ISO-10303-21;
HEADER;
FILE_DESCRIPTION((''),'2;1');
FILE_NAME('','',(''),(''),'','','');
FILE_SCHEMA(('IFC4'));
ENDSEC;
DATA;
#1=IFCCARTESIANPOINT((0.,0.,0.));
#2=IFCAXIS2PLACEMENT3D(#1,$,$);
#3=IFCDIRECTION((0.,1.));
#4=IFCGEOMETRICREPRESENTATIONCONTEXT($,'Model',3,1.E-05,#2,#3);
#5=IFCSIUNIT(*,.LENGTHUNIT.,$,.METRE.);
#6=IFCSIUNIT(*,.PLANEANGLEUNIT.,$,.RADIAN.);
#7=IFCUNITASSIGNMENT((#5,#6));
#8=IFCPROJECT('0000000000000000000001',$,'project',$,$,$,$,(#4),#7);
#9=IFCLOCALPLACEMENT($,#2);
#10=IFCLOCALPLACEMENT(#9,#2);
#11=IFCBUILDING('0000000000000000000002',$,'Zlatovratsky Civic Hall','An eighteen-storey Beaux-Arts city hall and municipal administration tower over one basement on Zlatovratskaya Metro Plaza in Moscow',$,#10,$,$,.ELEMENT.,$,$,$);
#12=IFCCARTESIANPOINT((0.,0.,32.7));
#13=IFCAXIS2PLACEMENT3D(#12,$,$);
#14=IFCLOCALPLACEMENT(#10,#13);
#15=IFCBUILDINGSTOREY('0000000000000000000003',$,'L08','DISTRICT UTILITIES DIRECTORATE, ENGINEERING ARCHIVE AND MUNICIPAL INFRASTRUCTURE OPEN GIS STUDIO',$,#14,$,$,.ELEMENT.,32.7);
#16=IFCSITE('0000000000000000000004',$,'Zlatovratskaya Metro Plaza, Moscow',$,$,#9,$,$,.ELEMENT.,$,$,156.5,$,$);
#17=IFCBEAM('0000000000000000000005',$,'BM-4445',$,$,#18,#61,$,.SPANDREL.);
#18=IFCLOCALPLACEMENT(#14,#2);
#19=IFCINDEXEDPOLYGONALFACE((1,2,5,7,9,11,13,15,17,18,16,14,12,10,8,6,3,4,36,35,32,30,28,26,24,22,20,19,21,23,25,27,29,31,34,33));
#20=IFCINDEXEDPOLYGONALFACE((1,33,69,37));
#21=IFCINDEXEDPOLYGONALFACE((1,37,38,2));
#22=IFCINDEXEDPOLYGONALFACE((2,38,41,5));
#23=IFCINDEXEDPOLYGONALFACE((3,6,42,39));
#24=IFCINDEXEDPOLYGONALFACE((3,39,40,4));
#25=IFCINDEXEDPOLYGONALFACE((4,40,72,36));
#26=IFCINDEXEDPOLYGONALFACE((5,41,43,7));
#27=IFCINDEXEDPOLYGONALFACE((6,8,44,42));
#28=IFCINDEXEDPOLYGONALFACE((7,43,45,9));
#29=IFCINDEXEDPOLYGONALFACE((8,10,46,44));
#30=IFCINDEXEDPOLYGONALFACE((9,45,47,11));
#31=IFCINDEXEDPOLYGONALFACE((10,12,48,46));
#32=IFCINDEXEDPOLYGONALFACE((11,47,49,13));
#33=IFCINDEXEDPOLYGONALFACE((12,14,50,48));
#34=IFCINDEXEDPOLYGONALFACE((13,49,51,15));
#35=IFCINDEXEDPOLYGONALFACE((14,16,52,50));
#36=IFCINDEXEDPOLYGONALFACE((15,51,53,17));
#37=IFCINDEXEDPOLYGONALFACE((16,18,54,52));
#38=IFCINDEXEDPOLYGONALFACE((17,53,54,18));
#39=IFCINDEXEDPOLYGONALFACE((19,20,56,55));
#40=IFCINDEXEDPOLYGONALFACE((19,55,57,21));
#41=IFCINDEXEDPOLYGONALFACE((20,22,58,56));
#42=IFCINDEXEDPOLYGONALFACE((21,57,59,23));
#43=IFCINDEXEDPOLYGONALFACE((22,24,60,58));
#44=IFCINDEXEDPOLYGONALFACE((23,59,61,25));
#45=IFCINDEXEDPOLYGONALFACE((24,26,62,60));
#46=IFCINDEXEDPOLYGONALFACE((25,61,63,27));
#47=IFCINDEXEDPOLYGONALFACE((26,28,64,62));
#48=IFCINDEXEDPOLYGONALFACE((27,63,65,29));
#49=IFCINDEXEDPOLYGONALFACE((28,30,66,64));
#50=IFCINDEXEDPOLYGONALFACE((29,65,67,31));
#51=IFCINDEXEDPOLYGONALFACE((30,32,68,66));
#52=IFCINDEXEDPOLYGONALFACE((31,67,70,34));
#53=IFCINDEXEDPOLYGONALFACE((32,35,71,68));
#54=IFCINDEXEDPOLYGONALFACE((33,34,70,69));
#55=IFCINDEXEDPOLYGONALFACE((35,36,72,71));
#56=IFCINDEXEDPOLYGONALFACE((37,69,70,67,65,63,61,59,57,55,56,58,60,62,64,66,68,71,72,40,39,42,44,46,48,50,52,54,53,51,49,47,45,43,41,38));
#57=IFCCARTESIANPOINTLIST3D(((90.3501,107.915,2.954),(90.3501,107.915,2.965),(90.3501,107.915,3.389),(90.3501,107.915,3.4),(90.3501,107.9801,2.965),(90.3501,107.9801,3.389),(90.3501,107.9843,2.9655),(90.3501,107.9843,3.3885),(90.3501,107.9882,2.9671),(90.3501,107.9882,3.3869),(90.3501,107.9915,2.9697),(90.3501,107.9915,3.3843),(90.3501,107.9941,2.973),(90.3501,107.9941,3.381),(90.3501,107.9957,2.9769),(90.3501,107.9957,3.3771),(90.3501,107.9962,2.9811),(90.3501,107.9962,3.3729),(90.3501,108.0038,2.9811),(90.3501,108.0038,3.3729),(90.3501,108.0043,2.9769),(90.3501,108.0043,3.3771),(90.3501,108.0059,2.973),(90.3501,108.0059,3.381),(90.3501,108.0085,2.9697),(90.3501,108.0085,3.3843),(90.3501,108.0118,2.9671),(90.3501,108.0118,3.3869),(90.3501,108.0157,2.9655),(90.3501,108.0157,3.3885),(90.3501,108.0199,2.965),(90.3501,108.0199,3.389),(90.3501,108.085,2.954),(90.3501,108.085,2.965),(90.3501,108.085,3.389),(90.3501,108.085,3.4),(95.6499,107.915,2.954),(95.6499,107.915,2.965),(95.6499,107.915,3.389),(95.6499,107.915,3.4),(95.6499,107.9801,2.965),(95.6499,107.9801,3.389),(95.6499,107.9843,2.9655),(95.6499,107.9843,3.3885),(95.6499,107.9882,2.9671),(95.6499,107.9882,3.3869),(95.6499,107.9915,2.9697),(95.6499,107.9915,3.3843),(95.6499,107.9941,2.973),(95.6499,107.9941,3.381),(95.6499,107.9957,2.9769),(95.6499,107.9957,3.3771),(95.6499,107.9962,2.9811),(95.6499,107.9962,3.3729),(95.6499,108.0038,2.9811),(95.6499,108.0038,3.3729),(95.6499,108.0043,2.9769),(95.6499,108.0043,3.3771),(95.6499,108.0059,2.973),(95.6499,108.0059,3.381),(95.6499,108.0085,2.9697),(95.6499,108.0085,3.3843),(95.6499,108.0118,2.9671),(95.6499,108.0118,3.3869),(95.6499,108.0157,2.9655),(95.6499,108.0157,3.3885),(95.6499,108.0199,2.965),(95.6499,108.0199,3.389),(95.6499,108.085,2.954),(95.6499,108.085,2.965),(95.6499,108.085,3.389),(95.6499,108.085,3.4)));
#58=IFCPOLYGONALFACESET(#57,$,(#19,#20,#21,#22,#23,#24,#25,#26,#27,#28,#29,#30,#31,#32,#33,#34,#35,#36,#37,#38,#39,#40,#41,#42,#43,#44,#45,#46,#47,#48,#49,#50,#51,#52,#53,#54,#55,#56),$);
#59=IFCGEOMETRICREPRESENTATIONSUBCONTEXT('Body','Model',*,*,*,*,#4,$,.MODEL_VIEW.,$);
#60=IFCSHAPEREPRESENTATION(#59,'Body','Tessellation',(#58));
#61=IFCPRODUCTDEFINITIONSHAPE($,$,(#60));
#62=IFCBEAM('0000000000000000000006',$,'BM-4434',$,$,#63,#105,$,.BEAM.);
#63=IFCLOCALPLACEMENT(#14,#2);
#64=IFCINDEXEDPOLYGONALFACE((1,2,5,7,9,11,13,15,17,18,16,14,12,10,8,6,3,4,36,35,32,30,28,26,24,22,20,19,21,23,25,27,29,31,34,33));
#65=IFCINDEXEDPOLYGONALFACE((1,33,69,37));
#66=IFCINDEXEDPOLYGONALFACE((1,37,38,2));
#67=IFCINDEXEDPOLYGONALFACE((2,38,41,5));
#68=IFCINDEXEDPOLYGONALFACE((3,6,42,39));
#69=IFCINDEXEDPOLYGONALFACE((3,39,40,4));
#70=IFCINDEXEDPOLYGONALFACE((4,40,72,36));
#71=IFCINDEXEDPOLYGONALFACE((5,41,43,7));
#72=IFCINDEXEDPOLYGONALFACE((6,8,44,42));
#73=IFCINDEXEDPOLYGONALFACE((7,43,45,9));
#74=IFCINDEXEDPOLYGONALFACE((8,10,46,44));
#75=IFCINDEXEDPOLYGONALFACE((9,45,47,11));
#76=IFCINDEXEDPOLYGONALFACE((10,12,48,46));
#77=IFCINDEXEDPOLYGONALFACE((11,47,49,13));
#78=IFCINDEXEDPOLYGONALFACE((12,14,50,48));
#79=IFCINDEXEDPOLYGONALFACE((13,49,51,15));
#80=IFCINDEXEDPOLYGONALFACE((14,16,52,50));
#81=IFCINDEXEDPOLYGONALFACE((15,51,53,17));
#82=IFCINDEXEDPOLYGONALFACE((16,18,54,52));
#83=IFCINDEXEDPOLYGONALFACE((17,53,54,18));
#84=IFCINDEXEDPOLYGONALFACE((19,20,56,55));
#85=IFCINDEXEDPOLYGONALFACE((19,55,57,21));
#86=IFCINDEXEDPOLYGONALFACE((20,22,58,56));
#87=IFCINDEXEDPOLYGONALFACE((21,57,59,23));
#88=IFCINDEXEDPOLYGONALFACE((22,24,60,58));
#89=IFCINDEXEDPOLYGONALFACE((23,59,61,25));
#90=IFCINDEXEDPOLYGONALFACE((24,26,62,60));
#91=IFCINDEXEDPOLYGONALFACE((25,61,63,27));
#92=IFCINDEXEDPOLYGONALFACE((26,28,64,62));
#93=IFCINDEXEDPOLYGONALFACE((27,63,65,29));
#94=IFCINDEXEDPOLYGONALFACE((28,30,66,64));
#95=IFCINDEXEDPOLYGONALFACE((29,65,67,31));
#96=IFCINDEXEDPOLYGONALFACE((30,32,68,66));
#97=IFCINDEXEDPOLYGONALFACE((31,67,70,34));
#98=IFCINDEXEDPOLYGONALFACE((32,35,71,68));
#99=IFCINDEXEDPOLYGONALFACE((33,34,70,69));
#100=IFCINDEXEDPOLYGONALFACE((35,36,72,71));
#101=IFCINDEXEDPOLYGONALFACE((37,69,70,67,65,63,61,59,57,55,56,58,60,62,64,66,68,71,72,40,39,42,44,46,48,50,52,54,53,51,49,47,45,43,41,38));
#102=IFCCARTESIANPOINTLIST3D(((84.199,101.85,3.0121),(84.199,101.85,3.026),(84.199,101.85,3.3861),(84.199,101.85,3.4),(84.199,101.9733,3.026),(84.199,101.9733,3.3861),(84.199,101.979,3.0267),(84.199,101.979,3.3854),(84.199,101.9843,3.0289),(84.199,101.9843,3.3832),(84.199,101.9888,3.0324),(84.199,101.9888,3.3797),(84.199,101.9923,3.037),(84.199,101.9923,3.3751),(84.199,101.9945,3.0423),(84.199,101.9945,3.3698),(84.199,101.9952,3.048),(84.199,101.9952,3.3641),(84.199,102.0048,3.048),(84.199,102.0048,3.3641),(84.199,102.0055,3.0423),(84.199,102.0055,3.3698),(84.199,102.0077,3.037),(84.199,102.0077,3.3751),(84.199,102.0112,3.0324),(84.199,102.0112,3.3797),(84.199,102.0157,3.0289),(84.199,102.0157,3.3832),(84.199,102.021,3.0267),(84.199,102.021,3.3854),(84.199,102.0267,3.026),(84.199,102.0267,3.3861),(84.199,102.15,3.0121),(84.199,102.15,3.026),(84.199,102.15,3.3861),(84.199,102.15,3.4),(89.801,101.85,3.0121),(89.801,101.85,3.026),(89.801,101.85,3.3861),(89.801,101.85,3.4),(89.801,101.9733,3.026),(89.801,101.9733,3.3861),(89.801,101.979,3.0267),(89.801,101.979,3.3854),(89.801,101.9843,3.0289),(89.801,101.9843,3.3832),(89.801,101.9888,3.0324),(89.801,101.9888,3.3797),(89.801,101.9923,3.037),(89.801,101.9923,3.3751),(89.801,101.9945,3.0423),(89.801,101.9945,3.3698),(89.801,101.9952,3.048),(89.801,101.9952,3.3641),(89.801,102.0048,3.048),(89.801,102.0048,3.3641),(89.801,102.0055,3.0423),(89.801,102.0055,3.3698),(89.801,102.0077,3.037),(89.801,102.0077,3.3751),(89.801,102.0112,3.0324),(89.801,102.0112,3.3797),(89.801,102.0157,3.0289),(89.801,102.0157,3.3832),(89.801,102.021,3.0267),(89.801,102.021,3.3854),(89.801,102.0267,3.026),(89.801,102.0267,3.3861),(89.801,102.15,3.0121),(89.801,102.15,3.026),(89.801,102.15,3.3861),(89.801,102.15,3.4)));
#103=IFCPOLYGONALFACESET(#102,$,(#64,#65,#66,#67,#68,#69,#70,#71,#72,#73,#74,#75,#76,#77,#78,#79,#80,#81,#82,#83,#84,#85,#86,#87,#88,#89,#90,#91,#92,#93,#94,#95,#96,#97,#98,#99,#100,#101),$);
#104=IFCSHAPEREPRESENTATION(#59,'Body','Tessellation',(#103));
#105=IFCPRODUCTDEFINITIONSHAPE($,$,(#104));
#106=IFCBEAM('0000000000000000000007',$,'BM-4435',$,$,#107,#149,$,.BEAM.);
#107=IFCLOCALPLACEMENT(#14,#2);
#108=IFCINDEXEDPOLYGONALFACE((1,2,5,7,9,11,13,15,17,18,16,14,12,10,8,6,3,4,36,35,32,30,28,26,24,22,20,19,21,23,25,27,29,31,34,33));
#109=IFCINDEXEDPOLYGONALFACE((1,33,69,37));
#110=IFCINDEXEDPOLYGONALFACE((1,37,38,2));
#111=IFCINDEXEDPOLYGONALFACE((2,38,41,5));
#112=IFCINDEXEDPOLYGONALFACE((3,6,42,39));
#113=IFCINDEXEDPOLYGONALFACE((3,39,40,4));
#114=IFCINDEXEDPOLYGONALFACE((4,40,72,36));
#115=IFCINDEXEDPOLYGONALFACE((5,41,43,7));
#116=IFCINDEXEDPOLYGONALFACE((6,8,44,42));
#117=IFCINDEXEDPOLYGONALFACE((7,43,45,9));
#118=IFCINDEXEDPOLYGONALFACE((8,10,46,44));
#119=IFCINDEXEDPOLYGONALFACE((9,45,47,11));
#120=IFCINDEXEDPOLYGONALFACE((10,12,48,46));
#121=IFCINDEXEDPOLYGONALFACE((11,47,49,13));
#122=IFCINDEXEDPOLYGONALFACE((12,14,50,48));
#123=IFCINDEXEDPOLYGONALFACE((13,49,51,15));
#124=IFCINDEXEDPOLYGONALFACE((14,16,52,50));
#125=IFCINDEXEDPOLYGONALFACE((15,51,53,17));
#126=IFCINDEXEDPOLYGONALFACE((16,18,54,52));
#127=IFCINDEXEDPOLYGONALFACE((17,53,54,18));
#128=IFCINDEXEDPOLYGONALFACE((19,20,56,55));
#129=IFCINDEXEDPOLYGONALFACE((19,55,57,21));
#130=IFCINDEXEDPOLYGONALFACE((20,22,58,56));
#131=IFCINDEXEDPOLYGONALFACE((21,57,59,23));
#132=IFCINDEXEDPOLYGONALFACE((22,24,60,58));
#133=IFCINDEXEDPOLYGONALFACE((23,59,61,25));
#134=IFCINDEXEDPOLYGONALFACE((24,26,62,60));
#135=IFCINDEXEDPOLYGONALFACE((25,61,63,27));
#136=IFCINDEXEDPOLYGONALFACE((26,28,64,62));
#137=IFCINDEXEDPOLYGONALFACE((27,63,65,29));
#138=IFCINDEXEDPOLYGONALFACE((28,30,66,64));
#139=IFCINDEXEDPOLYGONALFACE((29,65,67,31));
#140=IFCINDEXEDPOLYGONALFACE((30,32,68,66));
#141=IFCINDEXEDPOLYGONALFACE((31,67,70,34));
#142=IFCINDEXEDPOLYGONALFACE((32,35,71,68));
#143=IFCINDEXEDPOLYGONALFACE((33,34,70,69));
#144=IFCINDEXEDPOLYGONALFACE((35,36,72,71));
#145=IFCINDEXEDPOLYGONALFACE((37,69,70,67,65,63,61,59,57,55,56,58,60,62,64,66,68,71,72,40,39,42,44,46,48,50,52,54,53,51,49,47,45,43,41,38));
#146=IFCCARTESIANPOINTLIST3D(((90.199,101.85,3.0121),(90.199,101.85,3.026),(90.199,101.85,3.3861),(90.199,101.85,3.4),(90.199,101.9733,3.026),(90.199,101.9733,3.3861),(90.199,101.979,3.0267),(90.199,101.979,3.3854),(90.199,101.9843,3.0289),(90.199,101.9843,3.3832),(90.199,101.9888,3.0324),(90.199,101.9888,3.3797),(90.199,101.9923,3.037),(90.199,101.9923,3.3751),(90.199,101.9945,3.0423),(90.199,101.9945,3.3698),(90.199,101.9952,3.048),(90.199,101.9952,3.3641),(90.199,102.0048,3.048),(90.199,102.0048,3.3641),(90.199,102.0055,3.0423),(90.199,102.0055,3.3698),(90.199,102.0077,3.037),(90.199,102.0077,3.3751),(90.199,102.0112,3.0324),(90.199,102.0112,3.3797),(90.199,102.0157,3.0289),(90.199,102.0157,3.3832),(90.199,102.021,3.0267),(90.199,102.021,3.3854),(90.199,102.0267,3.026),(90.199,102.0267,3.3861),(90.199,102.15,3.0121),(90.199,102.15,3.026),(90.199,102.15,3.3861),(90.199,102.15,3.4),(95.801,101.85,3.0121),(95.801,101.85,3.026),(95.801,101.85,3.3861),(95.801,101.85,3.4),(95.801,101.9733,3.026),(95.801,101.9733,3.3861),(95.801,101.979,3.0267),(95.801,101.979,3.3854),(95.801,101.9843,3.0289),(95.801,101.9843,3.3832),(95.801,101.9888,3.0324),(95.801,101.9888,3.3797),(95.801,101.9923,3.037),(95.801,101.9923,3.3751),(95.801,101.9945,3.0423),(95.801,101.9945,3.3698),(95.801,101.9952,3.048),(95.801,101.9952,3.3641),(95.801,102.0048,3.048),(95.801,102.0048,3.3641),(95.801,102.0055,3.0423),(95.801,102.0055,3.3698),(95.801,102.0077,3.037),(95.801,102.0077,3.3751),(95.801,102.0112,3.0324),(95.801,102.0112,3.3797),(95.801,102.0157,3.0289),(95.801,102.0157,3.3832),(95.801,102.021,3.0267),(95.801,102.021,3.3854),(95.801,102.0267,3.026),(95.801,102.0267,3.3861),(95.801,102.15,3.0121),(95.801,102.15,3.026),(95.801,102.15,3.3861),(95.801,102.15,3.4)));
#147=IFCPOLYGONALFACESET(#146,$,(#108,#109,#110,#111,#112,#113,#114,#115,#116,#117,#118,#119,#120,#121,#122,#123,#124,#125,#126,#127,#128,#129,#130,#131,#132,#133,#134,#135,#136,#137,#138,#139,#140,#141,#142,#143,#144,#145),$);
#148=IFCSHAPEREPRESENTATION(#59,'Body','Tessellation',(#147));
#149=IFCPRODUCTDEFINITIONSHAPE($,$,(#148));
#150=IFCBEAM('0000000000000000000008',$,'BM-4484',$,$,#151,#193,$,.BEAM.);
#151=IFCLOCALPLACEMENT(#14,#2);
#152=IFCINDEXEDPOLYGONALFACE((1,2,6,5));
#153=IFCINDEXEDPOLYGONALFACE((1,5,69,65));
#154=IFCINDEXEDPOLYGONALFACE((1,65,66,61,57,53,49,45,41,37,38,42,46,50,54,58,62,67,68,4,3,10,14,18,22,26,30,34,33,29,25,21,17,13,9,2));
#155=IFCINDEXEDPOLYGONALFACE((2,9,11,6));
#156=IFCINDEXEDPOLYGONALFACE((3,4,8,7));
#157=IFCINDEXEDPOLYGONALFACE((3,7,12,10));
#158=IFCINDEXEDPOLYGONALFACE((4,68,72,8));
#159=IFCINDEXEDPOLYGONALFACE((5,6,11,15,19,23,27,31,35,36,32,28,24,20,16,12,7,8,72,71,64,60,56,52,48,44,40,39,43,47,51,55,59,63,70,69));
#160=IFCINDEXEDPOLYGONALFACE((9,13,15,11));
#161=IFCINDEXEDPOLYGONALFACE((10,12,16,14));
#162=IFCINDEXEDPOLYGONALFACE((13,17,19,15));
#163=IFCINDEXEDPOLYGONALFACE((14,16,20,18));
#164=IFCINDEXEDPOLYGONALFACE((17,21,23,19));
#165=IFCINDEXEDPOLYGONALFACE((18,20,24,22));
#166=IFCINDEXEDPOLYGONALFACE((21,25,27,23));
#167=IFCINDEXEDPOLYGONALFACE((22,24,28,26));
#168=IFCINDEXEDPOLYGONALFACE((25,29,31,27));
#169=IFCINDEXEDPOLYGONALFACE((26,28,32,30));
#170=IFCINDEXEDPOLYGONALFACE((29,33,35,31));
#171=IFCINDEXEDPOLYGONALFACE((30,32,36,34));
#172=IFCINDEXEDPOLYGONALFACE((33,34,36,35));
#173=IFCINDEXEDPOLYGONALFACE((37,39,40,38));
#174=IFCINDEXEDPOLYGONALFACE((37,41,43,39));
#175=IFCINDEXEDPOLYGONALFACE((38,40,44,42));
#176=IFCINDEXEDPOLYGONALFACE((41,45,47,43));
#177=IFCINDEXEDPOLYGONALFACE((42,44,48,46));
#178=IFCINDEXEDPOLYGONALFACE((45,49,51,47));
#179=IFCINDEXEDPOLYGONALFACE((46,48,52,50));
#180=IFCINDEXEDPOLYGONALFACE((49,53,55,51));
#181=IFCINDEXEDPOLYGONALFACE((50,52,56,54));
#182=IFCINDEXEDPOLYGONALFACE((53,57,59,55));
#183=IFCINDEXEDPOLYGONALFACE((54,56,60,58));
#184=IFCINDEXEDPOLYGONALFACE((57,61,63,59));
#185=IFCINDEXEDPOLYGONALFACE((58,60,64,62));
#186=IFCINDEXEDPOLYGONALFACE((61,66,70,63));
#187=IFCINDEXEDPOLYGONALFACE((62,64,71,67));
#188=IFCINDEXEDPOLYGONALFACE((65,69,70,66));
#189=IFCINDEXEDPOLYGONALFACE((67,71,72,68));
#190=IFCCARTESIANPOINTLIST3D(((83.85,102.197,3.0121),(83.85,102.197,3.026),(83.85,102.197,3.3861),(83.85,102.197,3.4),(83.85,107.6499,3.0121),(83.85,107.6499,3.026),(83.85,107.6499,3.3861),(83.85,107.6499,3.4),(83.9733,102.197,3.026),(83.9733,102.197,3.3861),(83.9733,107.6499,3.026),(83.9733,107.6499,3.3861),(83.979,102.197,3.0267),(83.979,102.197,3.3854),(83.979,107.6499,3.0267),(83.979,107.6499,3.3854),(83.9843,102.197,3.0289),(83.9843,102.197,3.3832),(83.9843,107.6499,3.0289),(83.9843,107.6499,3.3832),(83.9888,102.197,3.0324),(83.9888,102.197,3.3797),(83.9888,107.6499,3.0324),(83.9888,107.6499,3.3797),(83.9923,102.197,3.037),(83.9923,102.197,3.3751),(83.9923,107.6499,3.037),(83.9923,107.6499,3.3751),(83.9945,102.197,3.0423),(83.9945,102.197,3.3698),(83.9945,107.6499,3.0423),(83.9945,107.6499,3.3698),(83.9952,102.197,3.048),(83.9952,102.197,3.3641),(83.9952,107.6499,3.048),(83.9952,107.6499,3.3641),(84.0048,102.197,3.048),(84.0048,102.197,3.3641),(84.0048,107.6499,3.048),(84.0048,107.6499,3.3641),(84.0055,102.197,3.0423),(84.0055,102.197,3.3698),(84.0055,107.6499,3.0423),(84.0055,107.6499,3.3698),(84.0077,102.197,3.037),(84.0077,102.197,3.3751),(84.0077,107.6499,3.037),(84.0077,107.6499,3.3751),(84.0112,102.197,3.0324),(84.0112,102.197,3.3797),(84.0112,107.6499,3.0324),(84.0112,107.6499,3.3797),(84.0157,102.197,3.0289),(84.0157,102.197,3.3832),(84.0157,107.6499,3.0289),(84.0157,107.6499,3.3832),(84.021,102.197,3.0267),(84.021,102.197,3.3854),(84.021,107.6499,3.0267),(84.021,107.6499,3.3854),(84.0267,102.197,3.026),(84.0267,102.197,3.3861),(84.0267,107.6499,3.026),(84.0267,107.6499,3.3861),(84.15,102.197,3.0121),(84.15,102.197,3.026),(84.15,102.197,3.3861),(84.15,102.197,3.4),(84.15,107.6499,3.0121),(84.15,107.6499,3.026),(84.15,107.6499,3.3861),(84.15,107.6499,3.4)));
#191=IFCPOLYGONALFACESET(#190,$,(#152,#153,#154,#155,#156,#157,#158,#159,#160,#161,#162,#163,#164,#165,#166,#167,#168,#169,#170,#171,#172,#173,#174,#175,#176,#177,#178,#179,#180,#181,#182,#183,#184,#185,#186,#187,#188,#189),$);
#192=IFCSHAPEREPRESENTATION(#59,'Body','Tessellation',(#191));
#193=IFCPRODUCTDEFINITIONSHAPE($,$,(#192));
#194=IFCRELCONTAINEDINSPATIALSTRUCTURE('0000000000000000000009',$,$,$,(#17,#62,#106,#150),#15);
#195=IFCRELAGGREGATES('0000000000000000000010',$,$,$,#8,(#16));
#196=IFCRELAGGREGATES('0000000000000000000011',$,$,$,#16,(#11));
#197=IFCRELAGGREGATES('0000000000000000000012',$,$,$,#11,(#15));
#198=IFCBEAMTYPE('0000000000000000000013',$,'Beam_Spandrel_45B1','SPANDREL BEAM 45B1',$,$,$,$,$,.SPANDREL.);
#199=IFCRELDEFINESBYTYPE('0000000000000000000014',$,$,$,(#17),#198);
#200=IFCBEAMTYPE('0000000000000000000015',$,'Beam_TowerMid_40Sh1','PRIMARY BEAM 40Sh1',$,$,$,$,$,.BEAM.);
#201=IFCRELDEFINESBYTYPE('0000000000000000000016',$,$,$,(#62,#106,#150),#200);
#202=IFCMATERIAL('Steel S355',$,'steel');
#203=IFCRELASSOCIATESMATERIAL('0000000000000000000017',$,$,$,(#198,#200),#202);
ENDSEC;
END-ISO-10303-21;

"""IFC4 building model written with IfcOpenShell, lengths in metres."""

from ifc_helpers import new_model, si_unit, direction, frame, origin, origin_2d, place, context, subcontext, project, spatial, i_section, extrude, material, material_profile, profile_set, type_object, element, save


model = new_model("IFC4")

# Units and contexts
model_context = context("Model", 3, precision=1e-05, world=origin(), true_north=direction((0.0, 1.0)))
body_context = subcontext(model_context, "Body", "Model", "MODEL_VIEW")
ifc_project = project(units=[si_unit("LENGTHUNIT", "METRE"), si_unit("PLANEANGLEUNIT", "RADIAN")], contexts=[model_context])

# Site, building, storey
site_placement = place(None, origin())
site = spatial("IfcSite", under=ifc_project, at=site_placement, Name="Zlatovratskaya Metro Plaza, Moscow", CompositionType="ELEMENT", RefElevation=156.5)
building_placement = place(site_placement, origin())
building = spatial("IfcBuilding", under=site, at=building_placement, Name="Zlatovratsky Civic Hall", Description="An eighteen-storey Beaux-Arts city hall and municipal administration tower over one basement on Zlatovratskaya Metro Plaza in Moscow", CompositionType="ELEMENT")
storey_placement = place(building_placement, frame((0.0, 0.0, 32.7)))
storey = spatial("IfcBuildingStorey", under=building, at=storey_placement, Name="L08", Description="DISTRICT UTILITIES DIRECTORATE, ENGINEERING ARCHIVE AND MUNICIPAL INFRASTRUCTURE OPEN GIS STUDIO", CompositionType="ELEMENT", Elevation=32.7)

# Shared definitions
ifc_material_1 = material(Name="Steel S355", Category="steel")

# Beams
ifc_material_profile_1 = material_profile(ifc_material_1, i_section(OverallWidth=0.1699, OverallDepth=0.446, WebThickness=0.0076, FlangeThickness=0.011, FilletRadius=0.0161, at=origin_2d()), Name="45B1")
ifc_profile_set_1 = profile_set([ifc_material_profile_1], Name="Steel S355")
beam_type_1 = type_object("IfcBeamType", Name="Beam_Spandrel_45B1", Description="SPANDREL BEAM 45B1", PredefinedType="SPANDREL", material=ifc_profile_set_1)
for number, where, z_axis, x_axis, name in (
    (1, (90.3501, 108.0, 3.177), (1.0, 0.0, 0.0), (0.0, 1.0, 0.0), "BM-4445"),
):
    element("IfcBeam", number, at=place(storey_placement, frame(where, z_axis=z_axis, x_axis=x_axis)), inside=storey, type_object=beam_type_1, Name=name, PredefinedType="SPANDREL", context=body_context, shape_type="SweptSolid", body=[
        extrude(i_section(OverallWidth=0.1699, OverallDepth=0.446, WebThickness=0.0076, FlangeThickness=0.011, FilletRadius=0.0161, at=origin_2d()), origin(), (0.0, 0.0, 1.0), 5.2998),
    ])
ifc_material_profile_2 = material_profile(ifc_material_1, i_section(OverallWidth=0.3, OverallDepth=0.3879, WebThickness=0.0095, FlangeThickness=0.0139, FilletRadius=0.022, at=origin_2d()), Name="40Sh1")
ifc_profile_set_2 = profile_set([ifc_material_profile_2], Name="Steel S355")
beam_type_2 = type_object("IfcBeamType", Name="Beam_TowerMid_40Sh1", Description="PRIMARY BEAM 40Sh1", PredefinedType="BEAM", material=ifc_profile_set_2)
for number, where, z_axis, x_axis, name in (
    (2, (84.199, 102.0, 3.2061), (1.0, 0.0, 0.0), (0.0, 1.0, 0.0), "BM-4434"),
    (3, (90.199, 102.0, 3.2061), (1.0, 0.0, 0.0), (0.0, 1.0, 0.0), "BM-4435"),
):
    element("IfcBeam", number, at=place(storey_placement, frame(where, z_axis=z_axis, x_axis=x_axis)), inside=storey, type_object=beam_type_2, Name=name, PredefinedType="BEAM", context=body_context, shape_type="SweptSolid", body=[
        extrude(i_section(OverallWidth=0.3, OverallDepth=0.3879, WebThickness=0.0095, FlangeThickness=0.0139, FilletRadius=0.022, at=origin_2d()), origin(), (0.0, 0.0, 1.0), 5.6021),
    ])
for number, where, z_axis, x_axis, name in (
    (4, (84.0, 102.197, 3.2061), (0.0, 1.0, 0.0), (-1.0, 0.0, 0.0), "BM-4484"),
):
    element("IfcBeam", number, at=place(storey_placement, frame(where, z_axis=z_axis, x_axis=x_axis)), inside=storey, type_object=beam_type_2, Name=name, PredefinedType="BEAM", context=body_context, shape_type="SweptSolid", body=[
        extrude(i_section(OverallWidth=0.3, OverallDepth=0.3879, WebThickness=0.0095, FlangeThickness=0.0139, FilletRadius=0.022, at=origin_2d()), origin(), (0.0, 0.0, 1.0), 5.4529),
    ])

save(model, "model.ifc")
